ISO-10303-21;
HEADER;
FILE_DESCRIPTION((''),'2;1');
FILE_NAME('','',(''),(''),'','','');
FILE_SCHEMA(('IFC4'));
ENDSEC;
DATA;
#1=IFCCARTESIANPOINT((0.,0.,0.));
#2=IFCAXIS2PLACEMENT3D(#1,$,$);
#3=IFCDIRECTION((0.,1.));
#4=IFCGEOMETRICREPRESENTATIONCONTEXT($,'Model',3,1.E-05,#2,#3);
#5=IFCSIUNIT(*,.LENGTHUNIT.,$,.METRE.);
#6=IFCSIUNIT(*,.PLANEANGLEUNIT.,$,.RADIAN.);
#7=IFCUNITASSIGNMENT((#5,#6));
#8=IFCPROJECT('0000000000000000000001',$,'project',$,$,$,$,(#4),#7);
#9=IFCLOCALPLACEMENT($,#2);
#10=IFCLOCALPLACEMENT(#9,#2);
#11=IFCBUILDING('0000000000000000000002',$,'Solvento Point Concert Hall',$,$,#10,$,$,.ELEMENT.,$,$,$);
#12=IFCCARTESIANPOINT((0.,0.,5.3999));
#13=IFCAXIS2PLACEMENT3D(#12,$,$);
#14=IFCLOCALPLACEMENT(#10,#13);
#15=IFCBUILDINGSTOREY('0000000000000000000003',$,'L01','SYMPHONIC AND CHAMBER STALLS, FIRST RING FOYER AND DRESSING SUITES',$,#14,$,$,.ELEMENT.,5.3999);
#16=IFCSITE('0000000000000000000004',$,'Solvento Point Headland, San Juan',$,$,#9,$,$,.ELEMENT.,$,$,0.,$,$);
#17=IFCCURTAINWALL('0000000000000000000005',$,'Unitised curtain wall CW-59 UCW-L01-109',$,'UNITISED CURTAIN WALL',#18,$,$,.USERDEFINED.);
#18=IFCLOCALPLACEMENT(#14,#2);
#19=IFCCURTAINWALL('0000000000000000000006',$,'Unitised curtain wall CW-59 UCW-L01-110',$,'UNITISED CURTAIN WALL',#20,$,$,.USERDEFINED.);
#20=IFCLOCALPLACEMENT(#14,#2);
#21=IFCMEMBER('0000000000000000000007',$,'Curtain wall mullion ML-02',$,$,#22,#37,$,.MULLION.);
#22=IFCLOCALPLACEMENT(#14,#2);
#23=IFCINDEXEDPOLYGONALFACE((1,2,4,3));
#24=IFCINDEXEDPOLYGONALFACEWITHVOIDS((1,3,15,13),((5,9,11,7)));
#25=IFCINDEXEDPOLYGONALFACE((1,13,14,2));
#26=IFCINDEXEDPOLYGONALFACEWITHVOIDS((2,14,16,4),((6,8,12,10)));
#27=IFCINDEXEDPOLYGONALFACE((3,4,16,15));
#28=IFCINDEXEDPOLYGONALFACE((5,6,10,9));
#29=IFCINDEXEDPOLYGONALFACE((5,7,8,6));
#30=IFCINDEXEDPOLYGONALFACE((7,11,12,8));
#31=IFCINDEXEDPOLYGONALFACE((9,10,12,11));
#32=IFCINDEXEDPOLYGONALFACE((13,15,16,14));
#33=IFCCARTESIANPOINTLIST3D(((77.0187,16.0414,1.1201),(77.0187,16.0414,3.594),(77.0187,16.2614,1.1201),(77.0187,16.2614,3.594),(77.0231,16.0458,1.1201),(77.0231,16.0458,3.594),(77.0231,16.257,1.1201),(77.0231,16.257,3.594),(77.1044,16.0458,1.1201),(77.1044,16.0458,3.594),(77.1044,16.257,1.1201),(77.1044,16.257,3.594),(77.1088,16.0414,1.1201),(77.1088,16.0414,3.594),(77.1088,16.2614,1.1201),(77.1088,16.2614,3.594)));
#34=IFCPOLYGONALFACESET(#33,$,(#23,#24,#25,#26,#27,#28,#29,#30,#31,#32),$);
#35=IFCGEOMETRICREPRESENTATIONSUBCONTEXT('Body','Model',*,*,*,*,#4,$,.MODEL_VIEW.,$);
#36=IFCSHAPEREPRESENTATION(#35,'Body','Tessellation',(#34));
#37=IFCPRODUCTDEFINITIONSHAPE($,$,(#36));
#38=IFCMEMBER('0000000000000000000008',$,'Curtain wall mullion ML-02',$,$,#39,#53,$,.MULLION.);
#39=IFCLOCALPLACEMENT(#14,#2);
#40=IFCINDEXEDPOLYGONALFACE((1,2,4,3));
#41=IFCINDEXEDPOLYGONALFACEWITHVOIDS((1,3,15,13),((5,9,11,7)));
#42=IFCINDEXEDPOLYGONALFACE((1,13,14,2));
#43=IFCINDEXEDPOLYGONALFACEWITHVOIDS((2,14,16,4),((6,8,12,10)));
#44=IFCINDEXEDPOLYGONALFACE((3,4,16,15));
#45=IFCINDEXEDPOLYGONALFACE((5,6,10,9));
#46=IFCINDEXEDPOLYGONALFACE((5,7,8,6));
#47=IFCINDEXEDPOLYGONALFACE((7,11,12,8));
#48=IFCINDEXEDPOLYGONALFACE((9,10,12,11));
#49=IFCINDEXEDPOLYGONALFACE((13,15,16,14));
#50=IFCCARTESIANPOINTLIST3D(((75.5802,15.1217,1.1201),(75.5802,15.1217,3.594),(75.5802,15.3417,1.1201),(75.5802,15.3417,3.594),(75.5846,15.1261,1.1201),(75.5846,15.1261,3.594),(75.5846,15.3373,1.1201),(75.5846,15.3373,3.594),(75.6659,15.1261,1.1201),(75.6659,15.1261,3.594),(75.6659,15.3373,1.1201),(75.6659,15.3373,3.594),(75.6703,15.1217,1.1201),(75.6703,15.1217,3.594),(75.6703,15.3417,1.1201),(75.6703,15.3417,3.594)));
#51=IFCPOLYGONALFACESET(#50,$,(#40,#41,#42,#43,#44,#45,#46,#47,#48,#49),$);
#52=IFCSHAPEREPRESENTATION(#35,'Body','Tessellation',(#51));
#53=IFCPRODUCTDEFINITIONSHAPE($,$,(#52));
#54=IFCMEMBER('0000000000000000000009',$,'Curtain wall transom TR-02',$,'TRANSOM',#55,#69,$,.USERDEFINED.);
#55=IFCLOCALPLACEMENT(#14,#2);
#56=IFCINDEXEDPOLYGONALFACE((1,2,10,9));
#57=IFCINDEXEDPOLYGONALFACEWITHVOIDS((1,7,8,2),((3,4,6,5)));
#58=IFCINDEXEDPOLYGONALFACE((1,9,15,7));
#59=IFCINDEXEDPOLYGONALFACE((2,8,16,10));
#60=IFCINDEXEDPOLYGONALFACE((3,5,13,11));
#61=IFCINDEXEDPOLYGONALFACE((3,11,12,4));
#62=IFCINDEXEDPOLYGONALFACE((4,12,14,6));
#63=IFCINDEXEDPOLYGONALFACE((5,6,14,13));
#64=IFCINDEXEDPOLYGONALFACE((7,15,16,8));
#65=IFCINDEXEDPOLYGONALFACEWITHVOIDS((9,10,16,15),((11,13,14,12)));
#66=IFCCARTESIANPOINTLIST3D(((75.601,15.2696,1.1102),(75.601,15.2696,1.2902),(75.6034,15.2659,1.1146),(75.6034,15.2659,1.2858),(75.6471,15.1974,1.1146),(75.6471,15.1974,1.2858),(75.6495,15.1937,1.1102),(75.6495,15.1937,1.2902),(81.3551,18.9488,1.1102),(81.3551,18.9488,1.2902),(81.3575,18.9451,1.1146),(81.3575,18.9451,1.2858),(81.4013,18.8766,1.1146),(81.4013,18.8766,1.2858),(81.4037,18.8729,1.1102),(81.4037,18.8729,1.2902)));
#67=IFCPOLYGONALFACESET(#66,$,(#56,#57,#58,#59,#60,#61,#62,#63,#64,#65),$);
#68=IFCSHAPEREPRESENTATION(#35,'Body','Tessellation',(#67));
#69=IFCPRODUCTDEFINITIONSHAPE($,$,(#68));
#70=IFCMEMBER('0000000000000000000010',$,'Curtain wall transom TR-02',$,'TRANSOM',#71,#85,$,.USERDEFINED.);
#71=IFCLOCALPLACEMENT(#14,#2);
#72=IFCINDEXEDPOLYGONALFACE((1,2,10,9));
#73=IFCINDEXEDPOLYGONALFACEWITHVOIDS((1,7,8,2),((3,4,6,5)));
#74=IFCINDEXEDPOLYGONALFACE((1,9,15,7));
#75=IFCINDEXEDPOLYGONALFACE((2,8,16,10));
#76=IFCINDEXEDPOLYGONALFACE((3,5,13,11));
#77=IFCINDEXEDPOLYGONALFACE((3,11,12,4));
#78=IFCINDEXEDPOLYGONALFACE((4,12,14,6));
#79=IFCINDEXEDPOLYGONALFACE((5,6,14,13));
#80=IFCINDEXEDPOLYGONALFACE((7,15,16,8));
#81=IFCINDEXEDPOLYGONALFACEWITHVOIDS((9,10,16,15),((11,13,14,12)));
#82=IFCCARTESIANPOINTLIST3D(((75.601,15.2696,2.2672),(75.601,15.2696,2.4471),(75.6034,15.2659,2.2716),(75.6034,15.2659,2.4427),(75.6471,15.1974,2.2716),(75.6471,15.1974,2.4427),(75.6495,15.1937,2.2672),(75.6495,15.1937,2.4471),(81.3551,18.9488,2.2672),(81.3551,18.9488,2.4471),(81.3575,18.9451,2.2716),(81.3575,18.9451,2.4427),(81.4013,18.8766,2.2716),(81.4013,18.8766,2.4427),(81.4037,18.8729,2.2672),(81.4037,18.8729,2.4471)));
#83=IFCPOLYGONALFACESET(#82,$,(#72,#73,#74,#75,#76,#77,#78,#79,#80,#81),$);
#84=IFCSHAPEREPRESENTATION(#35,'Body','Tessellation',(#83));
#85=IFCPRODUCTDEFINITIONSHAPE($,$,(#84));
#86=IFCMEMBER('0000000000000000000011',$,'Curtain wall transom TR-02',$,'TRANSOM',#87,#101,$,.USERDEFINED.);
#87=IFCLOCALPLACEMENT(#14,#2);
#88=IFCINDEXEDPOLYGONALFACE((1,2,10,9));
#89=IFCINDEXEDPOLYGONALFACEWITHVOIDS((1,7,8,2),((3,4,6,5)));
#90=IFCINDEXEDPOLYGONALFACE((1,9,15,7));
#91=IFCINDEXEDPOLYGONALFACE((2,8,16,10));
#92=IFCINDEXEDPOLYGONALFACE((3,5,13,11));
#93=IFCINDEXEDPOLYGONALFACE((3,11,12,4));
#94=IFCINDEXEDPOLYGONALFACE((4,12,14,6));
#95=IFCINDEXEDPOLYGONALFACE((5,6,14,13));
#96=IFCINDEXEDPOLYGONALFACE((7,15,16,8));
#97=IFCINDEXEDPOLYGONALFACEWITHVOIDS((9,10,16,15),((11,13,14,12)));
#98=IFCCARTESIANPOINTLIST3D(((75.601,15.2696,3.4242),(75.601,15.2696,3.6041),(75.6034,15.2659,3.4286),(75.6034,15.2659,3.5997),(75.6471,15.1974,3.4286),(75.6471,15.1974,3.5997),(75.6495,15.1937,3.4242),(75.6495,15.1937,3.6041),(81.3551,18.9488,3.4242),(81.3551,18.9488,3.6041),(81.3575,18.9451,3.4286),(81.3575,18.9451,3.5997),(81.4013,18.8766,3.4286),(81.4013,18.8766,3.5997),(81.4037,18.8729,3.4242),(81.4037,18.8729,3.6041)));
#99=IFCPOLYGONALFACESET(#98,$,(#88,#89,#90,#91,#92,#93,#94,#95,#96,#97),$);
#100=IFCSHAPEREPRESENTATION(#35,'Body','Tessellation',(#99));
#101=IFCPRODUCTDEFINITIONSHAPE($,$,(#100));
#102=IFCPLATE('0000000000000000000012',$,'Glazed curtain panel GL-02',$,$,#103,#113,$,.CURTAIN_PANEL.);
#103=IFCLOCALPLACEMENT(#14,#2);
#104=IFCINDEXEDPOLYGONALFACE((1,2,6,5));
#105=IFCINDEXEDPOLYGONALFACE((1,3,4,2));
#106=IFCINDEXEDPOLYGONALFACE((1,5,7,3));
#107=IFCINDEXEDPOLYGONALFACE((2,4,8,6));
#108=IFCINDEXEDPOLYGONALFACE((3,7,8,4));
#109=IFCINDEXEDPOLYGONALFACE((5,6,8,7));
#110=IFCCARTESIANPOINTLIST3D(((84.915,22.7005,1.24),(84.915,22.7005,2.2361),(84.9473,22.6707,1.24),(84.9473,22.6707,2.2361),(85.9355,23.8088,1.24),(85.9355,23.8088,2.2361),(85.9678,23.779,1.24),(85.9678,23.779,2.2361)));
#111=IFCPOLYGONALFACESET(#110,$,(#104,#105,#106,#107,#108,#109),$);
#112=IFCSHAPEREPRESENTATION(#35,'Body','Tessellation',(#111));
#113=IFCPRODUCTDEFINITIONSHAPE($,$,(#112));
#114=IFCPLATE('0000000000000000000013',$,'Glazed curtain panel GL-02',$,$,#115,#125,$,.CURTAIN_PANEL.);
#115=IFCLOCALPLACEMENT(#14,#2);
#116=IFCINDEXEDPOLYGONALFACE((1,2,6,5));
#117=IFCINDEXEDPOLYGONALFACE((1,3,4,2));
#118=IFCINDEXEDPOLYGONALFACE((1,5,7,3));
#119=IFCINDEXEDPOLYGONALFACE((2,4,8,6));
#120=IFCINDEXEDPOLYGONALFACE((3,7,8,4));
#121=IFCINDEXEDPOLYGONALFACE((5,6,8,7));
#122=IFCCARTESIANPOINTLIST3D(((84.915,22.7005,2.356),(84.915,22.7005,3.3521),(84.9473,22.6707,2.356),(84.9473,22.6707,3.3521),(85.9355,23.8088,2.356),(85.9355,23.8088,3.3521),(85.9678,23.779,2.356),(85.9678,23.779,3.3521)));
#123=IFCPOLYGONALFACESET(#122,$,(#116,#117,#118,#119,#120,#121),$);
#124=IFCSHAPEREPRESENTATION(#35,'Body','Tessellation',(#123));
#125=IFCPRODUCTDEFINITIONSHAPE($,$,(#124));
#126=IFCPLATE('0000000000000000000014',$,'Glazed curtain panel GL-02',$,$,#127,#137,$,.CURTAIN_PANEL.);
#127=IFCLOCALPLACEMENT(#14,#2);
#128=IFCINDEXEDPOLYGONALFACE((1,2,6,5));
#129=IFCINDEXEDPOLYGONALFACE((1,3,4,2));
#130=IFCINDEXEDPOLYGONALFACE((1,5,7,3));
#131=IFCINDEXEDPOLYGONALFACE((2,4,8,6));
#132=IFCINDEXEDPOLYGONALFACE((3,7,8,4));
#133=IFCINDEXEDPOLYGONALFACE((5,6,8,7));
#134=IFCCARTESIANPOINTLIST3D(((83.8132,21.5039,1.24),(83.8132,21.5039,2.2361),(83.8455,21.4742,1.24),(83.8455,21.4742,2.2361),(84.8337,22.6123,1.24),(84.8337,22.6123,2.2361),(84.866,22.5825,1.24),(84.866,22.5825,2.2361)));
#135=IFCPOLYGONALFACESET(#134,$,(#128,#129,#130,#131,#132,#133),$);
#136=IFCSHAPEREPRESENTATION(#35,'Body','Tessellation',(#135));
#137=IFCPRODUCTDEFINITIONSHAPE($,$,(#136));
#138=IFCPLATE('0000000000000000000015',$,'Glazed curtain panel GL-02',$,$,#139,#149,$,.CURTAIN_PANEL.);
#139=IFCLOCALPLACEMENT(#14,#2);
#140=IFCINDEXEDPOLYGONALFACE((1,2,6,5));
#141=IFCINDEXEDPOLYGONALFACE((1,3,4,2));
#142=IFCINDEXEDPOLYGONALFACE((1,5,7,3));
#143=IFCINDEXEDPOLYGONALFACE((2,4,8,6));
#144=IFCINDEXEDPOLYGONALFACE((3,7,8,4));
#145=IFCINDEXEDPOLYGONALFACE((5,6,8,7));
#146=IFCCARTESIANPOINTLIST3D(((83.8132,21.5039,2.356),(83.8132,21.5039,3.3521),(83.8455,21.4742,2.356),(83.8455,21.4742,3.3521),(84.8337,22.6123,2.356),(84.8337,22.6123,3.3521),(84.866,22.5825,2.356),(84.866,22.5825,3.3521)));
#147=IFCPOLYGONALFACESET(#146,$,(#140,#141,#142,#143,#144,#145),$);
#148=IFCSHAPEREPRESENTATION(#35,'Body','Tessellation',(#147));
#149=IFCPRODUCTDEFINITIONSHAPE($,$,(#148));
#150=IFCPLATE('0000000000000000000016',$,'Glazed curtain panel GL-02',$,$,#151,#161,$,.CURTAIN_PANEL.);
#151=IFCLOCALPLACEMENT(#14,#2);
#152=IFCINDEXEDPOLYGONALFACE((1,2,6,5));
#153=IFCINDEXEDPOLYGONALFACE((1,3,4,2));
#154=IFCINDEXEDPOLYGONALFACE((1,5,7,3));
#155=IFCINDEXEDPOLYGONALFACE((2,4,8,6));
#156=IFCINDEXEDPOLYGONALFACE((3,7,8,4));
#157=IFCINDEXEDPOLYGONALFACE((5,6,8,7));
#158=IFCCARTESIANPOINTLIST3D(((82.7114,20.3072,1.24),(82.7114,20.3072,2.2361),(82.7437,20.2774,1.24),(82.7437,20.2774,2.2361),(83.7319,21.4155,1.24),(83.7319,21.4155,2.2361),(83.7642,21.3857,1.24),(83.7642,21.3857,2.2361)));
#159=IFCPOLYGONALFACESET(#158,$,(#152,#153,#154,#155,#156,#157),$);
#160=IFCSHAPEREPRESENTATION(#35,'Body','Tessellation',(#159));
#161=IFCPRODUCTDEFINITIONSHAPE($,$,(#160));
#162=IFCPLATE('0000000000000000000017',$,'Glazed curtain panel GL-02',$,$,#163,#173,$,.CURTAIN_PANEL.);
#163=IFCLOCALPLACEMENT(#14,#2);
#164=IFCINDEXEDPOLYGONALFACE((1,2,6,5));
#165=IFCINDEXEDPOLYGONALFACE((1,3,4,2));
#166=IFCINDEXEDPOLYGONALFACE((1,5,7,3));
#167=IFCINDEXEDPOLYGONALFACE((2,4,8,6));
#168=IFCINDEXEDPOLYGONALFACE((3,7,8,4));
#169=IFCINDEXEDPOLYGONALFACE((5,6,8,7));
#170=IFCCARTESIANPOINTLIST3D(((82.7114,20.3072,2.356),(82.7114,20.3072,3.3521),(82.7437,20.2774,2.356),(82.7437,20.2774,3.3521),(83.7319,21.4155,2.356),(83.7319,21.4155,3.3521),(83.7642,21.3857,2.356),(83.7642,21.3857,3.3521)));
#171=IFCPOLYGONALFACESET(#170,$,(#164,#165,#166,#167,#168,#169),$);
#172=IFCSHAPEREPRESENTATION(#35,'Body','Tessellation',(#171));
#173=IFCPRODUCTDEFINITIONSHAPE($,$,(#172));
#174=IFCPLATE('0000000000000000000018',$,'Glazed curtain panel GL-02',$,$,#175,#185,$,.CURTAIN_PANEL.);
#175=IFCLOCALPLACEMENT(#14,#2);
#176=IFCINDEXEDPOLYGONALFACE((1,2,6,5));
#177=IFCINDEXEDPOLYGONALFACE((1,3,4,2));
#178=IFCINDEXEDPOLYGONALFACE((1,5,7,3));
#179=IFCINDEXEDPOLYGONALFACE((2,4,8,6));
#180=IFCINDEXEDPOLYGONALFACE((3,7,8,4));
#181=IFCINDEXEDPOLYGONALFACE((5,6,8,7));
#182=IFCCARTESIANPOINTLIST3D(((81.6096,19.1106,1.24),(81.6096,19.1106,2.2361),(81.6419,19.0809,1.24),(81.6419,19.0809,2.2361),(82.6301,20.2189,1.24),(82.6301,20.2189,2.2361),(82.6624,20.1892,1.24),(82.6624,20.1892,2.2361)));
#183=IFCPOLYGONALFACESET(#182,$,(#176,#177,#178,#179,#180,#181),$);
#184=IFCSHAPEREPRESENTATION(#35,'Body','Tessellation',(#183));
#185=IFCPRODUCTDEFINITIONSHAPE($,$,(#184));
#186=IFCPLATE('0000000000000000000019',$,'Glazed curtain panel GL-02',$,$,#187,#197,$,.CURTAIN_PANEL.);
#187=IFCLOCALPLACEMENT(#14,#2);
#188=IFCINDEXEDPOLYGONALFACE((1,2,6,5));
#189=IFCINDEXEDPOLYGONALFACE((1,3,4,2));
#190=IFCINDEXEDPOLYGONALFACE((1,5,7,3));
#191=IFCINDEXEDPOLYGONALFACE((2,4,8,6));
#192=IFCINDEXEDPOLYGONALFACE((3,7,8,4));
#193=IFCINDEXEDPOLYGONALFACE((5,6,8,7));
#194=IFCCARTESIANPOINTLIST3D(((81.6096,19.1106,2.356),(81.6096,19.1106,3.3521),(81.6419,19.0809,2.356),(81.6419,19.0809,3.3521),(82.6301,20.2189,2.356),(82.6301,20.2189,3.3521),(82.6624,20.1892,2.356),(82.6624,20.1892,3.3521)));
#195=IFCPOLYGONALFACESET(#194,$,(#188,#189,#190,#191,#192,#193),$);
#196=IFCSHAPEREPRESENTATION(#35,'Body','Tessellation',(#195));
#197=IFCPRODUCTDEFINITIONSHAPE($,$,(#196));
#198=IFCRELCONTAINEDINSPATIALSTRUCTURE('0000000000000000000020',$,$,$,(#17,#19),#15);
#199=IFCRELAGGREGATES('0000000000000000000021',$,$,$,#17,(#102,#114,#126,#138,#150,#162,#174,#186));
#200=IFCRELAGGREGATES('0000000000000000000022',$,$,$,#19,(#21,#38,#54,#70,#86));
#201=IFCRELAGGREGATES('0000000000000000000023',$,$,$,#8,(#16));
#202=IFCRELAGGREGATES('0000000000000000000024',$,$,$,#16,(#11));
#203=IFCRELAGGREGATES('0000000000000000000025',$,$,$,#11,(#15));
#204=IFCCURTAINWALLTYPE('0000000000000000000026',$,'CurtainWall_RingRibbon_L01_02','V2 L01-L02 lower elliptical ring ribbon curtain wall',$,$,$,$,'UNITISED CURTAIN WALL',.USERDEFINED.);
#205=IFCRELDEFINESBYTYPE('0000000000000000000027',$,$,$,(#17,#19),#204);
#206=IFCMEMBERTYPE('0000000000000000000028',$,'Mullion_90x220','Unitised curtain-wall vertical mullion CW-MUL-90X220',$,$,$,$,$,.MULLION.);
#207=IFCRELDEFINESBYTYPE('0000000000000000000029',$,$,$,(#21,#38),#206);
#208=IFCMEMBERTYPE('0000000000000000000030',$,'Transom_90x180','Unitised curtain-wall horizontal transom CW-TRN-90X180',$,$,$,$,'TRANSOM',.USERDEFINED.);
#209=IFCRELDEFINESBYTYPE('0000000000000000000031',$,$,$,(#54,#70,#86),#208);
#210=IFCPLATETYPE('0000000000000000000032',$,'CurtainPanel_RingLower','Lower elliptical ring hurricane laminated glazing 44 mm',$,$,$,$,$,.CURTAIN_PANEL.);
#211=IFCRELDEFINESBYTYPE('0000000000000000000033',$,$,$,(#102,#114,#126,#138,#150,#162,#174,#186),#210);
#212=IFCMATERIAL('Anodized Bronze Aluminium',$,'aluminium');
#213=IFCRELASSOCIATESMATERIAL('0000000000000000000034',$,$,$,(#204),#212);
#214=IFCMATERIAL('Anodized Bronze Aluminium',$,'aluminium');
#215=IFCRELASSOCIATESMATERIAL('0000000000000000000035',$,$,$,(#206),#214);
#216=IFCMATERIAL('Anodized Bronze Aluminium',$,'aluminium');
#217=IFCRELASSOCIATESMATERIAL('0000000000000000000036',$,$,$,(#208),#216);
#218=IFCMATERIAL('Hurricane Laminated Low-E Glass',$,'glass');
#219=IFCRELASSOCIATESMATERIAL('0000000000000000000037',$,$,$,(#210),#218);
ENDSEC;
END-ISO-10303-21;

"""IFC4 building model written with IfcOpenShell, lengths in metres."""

from ifc_helpers import new_model, si_unit, direction, frame, origin, origin_2d, place, context, subcontext, project, spatial, rectangle, hollow_rectangle, extrude, material, material_profile, profile_set, type_object, element, aggregate, save


model = new_model("IFC4")

# Units and contexts
model_context = context("Model", 3, precision=1e-05, world=origin(), true_north=direction((0.0, 1.0)))
body_context = subcontext(model_context, "Body", "Model", "MODEL_VIEW")
ifc_project = project(units=[si_unit("LENGTHUNIT", "METRE"), si_unit("PLANEANGLEUNIT", "RADIAN")], contexts=[model_context])

# Site, building, storey
site_placement = place(None, origin())
site = spatial("IfcSite", under=ifc_project, at=site_placement, Name="Solvento Point Headland, San Juan", CompositionType="ELEMENT", RefElevation=0.0)
building_placement = place(site_placement, origin())
building = spatial("IfcBuilding", under=site, at=building_placement, Name="Solvento Point Concert Hall", CompositionType="ELEMENT")
storey_placement = place(building_placement, frame((0.0, 0.0, 5.3999)))
storey = spatial("IfcBuildingStorey", under=building, at=storey_placement, Name="L01", Description="SYMPHONIC AND CHAMBER STALLS, FIRST RING FOYER AND DRESSING SUITES", CompositionType="ELEMENT", Elevation=5.3999)

# Curtain walls, members
ifc_material_1 = material(Name="Anodized Bronze Aluminium", Category="aluminium")
curtain_wall_type = type_object("IfcCurtainWallType", Name="CurtainWall_RingRibbon_L01_02", Description="V2 L01-L02 lower elliptical ring ribbon curtain wall", ElementType="UNITISED CURTAIN WALL", PredefinedType="USERDEFINED", material=ifc_material_1)
curtain_wall_1_placement = place(storey_placement, origin())
curtain_wall_1 = element("IfcCurtainWall", 1, at=curtain_wall_1_placement, inside=storey, type_object=curtain_wall_type, Name="Unitised curtain wall CW-59 UCW-L01-109", ObjectType="UNITISED CURTAIN WALL", PredefinedType="USERDEFINED")
ifc_material_2 = material(Name="Anodized Bronze Aluminium", Category="aluminium")
ifc_material_profile_1 = material_profile(ifc_material_2, hollow_rectangle(XDim=0.0901, YDim=0.22, WallThickness=0.0044, at=origin_2d()), Name="CW-MUL-90X220")
ifc_profile_set_1 = profile_set([ifc_material_profile_1], Name="Anodized Bronze Aluminium")
member_type_1 = type_object("IfcMemberType", Name="Mullion_90x220", Description="Unitised curtain-wall vertical mullion CW-MUL-90X220", PredefinedType="MULLION", material=ifc_profile_set_1)
curtain_wall_2_placement = place(storey_placement, origin())
curtain_wall_2 = element("IfcCurtainWall", 2, at=curtain_wall_2_placement, inside=storey, type_object=curtain_wall_type, Name="Unitised curtain wall CW-59 UCW-L01-110", ObjectType="UNITISED CURTAIN WALL", PredefinedType="USERDEFINED")
member_1_placement = place(storey_placement, frame((77.0637, 16.1514, 1.1201), z_axis=(0.0, 0.0, 1.0), x_axis=(1.0, 0.0, 0.0)))
member_1 = element("IfcMember", 3, at=member_1_placement, type_object=member_type_1, Name="Curtain wall mullion ML-02", PredefinedType="MULLION", context=body_context, shape_type="SweptSolid", body=[
    extrude(hollow_rectangle(XDim=0.0901, YDim=0.22, WallThickness=0.0044, at=origin_2d()), origin(), (0.0, 0.0, 1.0), 2.4739),
])
member_2_placement = place(storey_placement, frame((75.6252, 15.2317, 1.1201), z_axis=(0.0, 0.0, 1.0), x_axis=(1.0, 0.0, 0.0)))
member_2 = element("IfcMember", 4, at=member_2_placement, type_object=member_type_1, Name="Curtain wall mullion ML-02", PredefinedType="MULLION", context=body_context, shape_type="SweptSolid", body=[
    extrude(hollow_rectangle(XDim=0.0901, YDim=0.22, WallThickness=0.0044, at=origin_2d()), origin(), (0.0, 0.0, 1.0), 2.4739),
])
ifc_material_3 = material(Name="Anodized Bronze Aluminium", Category="aluminium")
ifc_material_profile_2 = material_profile(ifc_material_3, hollow_rectangle(XDim=0.0901, YDim=0.1799, WallThickness=0.0044, at=origin_2d()), Name="CW-TRN-90X180")
ifc_profile_set_2 = profile_set([ifc_material_profile_2], Name="Anodized Bronze Aluminium")
member_type_2 = type_object("IfcMemberType", Name="Transom_90x180", Description="Unitised curtain-wall horizontal transom CW-TRN-90X180", ElementType="TRANSOM", PredefinedType="USERDEFINED", material=ifc_profile_set_2)
member_3_placement = place(storey_placement, frame((81.3794, 18.9109, 1.2002), z_axis=(-0.842501, -0.538695, 0.0), x_axis=(0.538695, -0.842501, 0.0)))
member_3 = element("IfcMember", 5, at=member_3_placement, type_object=member_type_2, Name="Curtain wall transom TR-02", ObjectType="TRANSOM", PredefinedType="USERDEFINED", context=body_context, shape_type="SweptSolid", body=[
    extrude(hollow_rectangle(XDim=0.0901, YDim=0.1799, WallThickness=0.0044, at=origin_2d()), origin(), (0.0, 0.0, 1.0), 6.8298),
])
member_4_placement = place(storey_placement, frame((81.3794, 18.9109, 2.3572), z_axis=(-0.842501, -0.538695, 0.0), x_axis=(0.538695, -0.842501, 0.0)))
member_4 = element("IfcMember", 6, at=member_4_placement, type_object=member_type_2, Name="Curtain wall transom TR-02", ObjectType="TRANSOM", PredefinedType="USERDEFINED", context=body_context, shape_type="SweptSolid", body=[
    extrude(hollow_rectangle(XDim=0.0901, YDim=0.1799, WallThickness=0.0044, at=origin_2d()), origin(), (0.0, 0.0, 1.0), 6.8298),
])
member_5_placement = place(storey_placement, frame((81.3794, 18.9109, 3.5142), z_axis=(-0.842501, -0.538695, 0.0), x_axis=(0.538695, -0.842501, 0.0)))
member_5 = element("IfcMember", 7, at=member_5_placement, type_object=member_type_2, Name="Curtain wall transom TR-02", ObjectType="TRANSOM", PredefinedType="USERDEFINED", context=body_context, shape_type="SweptSolid", body=[
    extrude(hollow_rectangle(XDim=0.0901, YDim=0.1799, WallThickness=0.0044, at=origin_2d()), origin(), (0.0, 0.0, 1.0), 6.8298),
])

# Plates
ifc_material_4 = material(Name="Hurricane Laminated Low-E Glass", Category="glass")
plate_type = type_object("IfcPlateType", Name="CurtainPanel_RingLower", Description="Lower elliptical ring hurricane laminated glazing 44 mm", PredefinedType="CURTAIN_PANEL", material=ifc_material_4)
plate_1_placement = place(storey_placement, frame((85.4414, 23.2397, 1.24), z_axis=(0.0, 0.0, 1.0), x_axis=(-0.677365, -0.735647, 0.0)))
plate_1 = element("IfcPlate", 8, at=plate_1_placement, type_object=plate_type, Name="Glazed curtain panel GL-02", PredefinedType="CURTAIN_PANEL", context=body_context, shape_type="SweptSolid", body=[
    extrude(rectangle(XDim=1.5066, YDim=0.0439, at=origin_2d()), origin(), (0.0, 0.0, 1.0), 0.9961),
])
plate_2_placement = place(storey_placement, frame((85.4414, 23.2397, 2.356), z_axis=(0.0, 0.0, 1.0), x_axis=(-0.677365, -0.735647, 0.0)))
plate_2 = element("IfcPlate", 9, at=plate_2_placement, type_object=plate_type, Name="Glazed curtain panel GL-02", PredefinedType="CURTAIN_PANEL", context=body_context, shape_type="SweptSolid", body=[
    extrude(rectangle(XDim=1.5066, YDim=0.0439, at=origin_2d()), origin(), (0.0, 0.0, 1.0), 0.9961),
])
plate_3_placement = place(storey_placement, frame((84.3396, 22.0432, 1.24), z_axis=(0.0, 0.0, 1.0), x_axis=(-0.677365, -0.735647, 0.0)))
plate_3 = element("IfcPlate", 10, at=plate_3_placement, type_object=plate_type, Name="Glazed curtain panel GL-02", PredefinedType="CURTAIN_PANEL", context=body_context, shape_type="SweptSolid", body=[
    extrude(rectangle(XDim=1.5066, YDim=0.0439, at=origin_2d()), origin(), (0.0, 0.0, 1.0), 0.9961),
])
plate_4_placement = place(storey_placement, frame((84.3396, 22.0432, 2.356), z_axis=(0.0, 0.0, 1.0), x_axis=(-0.677365, -0.735647, 0.0)))
plate_4 = element("IfcPlate", 11, at=plate_4_placement, type_object=plate_type, Name="Glazed curtain panel GL-02", PredefinedType="CURTAIN_PANEL", context=body_context, shape_type="SweptSolid", body=[
    extrude(rectangle(XDim=1.5066, YDim=0.0439, at=origin_2d()), origin(), (0.0, 0.0, 1.0), 0.9961),
])
plate_5_placement = place(storey_placement, frame((83.2378, 20.8464, 1.24), z_axis=(0.0, 0.0, 1.0), x_axis=(-0.677365, -0.735647, 0.0)))
plate_5 = element("IfcPlate", 12, at=plate_5_placement, type_object=plate_type, Name="Glazed curtain panel GL-02", PredefinedType="CURTAIN_PANEL", context=body_context, shape_type="SweptSolid", body=[
    extrude(rectangle(XDim=1.5066, YDim=0.0439, at=origin_2d()), origin(), (0.0, 0.0, 1.0), 0.9961),
])
plate_6_placement = place(storey_placement, frame((83.2378, 20.8464, 2.356), z_axis=(0.0, 0.0, 1.0), x_axis=(-0.677365, -0.735647, 0.0)))
plate_6 = element("IfcPlate", 13, at=plate_6_placement, type_object=plate_type, Name="Glazed curtain panel GL-02", PredefinedType="CURTAIN_PANEL", context=body_context, shape_type="SweptSolid", body=[
    extrude(rectangle(XDim=1.5066, YDim=0.0439, at=origin_2d()), origin(), (0.0, 0.0, 1.0), 0.9961),
])
plate_7_placement = place(storey_placement, frame((82.136, 19.6499, 1.24), z_axis=(0.0, 0.0, 1.0), x_axis=(-0.677365, -0.735647, 0.0)))
plate_7 = element("IfcPlate", 14, at=plate_7_placement, type_object=plate_type, Name="Glazed curtain panel GL-02", PredefinedType="CURTAIN_PANEL", context=body_context, shape_type="SweptSolid", body=[
    extrude(rectangle(XDim=1.5066, YDim=0.0439, at=origin_2d()), origin(), (0.0, 0.0, 1.0), 0.9961),
])
plate_8_placement = place(storey_placement, frame((82.136, 19.6499, 2.356), z_axis=(0.0, 0.0, 1.0), x_axis=(-0.677365, -0.735647, 0.0)))
plate_8 = element("IfcPlate", 15, at=plate_8_placement, type_object=plate_type, Name="Glazed curtain panel GL-02", PredefinedType="CURTAIN_PANEL", context=body_context, shape_type="SweptSolid", body=[
    extrude(rectangle(XDim=1.5066, YDim=0.0439, at=origin_2d()), origin(), (0.0, 0.0, 1.0), 0.9961),
])
aggregate(curtain_wall_1, [plate_1, plate_2, plate_3, plate_4, plate_5, plate_6, plate_7, plate_8])
aggregate(curtain_wall_2, [member_1, member_2, member_3, member_4, member_5])

save(model, "model.ifc")
